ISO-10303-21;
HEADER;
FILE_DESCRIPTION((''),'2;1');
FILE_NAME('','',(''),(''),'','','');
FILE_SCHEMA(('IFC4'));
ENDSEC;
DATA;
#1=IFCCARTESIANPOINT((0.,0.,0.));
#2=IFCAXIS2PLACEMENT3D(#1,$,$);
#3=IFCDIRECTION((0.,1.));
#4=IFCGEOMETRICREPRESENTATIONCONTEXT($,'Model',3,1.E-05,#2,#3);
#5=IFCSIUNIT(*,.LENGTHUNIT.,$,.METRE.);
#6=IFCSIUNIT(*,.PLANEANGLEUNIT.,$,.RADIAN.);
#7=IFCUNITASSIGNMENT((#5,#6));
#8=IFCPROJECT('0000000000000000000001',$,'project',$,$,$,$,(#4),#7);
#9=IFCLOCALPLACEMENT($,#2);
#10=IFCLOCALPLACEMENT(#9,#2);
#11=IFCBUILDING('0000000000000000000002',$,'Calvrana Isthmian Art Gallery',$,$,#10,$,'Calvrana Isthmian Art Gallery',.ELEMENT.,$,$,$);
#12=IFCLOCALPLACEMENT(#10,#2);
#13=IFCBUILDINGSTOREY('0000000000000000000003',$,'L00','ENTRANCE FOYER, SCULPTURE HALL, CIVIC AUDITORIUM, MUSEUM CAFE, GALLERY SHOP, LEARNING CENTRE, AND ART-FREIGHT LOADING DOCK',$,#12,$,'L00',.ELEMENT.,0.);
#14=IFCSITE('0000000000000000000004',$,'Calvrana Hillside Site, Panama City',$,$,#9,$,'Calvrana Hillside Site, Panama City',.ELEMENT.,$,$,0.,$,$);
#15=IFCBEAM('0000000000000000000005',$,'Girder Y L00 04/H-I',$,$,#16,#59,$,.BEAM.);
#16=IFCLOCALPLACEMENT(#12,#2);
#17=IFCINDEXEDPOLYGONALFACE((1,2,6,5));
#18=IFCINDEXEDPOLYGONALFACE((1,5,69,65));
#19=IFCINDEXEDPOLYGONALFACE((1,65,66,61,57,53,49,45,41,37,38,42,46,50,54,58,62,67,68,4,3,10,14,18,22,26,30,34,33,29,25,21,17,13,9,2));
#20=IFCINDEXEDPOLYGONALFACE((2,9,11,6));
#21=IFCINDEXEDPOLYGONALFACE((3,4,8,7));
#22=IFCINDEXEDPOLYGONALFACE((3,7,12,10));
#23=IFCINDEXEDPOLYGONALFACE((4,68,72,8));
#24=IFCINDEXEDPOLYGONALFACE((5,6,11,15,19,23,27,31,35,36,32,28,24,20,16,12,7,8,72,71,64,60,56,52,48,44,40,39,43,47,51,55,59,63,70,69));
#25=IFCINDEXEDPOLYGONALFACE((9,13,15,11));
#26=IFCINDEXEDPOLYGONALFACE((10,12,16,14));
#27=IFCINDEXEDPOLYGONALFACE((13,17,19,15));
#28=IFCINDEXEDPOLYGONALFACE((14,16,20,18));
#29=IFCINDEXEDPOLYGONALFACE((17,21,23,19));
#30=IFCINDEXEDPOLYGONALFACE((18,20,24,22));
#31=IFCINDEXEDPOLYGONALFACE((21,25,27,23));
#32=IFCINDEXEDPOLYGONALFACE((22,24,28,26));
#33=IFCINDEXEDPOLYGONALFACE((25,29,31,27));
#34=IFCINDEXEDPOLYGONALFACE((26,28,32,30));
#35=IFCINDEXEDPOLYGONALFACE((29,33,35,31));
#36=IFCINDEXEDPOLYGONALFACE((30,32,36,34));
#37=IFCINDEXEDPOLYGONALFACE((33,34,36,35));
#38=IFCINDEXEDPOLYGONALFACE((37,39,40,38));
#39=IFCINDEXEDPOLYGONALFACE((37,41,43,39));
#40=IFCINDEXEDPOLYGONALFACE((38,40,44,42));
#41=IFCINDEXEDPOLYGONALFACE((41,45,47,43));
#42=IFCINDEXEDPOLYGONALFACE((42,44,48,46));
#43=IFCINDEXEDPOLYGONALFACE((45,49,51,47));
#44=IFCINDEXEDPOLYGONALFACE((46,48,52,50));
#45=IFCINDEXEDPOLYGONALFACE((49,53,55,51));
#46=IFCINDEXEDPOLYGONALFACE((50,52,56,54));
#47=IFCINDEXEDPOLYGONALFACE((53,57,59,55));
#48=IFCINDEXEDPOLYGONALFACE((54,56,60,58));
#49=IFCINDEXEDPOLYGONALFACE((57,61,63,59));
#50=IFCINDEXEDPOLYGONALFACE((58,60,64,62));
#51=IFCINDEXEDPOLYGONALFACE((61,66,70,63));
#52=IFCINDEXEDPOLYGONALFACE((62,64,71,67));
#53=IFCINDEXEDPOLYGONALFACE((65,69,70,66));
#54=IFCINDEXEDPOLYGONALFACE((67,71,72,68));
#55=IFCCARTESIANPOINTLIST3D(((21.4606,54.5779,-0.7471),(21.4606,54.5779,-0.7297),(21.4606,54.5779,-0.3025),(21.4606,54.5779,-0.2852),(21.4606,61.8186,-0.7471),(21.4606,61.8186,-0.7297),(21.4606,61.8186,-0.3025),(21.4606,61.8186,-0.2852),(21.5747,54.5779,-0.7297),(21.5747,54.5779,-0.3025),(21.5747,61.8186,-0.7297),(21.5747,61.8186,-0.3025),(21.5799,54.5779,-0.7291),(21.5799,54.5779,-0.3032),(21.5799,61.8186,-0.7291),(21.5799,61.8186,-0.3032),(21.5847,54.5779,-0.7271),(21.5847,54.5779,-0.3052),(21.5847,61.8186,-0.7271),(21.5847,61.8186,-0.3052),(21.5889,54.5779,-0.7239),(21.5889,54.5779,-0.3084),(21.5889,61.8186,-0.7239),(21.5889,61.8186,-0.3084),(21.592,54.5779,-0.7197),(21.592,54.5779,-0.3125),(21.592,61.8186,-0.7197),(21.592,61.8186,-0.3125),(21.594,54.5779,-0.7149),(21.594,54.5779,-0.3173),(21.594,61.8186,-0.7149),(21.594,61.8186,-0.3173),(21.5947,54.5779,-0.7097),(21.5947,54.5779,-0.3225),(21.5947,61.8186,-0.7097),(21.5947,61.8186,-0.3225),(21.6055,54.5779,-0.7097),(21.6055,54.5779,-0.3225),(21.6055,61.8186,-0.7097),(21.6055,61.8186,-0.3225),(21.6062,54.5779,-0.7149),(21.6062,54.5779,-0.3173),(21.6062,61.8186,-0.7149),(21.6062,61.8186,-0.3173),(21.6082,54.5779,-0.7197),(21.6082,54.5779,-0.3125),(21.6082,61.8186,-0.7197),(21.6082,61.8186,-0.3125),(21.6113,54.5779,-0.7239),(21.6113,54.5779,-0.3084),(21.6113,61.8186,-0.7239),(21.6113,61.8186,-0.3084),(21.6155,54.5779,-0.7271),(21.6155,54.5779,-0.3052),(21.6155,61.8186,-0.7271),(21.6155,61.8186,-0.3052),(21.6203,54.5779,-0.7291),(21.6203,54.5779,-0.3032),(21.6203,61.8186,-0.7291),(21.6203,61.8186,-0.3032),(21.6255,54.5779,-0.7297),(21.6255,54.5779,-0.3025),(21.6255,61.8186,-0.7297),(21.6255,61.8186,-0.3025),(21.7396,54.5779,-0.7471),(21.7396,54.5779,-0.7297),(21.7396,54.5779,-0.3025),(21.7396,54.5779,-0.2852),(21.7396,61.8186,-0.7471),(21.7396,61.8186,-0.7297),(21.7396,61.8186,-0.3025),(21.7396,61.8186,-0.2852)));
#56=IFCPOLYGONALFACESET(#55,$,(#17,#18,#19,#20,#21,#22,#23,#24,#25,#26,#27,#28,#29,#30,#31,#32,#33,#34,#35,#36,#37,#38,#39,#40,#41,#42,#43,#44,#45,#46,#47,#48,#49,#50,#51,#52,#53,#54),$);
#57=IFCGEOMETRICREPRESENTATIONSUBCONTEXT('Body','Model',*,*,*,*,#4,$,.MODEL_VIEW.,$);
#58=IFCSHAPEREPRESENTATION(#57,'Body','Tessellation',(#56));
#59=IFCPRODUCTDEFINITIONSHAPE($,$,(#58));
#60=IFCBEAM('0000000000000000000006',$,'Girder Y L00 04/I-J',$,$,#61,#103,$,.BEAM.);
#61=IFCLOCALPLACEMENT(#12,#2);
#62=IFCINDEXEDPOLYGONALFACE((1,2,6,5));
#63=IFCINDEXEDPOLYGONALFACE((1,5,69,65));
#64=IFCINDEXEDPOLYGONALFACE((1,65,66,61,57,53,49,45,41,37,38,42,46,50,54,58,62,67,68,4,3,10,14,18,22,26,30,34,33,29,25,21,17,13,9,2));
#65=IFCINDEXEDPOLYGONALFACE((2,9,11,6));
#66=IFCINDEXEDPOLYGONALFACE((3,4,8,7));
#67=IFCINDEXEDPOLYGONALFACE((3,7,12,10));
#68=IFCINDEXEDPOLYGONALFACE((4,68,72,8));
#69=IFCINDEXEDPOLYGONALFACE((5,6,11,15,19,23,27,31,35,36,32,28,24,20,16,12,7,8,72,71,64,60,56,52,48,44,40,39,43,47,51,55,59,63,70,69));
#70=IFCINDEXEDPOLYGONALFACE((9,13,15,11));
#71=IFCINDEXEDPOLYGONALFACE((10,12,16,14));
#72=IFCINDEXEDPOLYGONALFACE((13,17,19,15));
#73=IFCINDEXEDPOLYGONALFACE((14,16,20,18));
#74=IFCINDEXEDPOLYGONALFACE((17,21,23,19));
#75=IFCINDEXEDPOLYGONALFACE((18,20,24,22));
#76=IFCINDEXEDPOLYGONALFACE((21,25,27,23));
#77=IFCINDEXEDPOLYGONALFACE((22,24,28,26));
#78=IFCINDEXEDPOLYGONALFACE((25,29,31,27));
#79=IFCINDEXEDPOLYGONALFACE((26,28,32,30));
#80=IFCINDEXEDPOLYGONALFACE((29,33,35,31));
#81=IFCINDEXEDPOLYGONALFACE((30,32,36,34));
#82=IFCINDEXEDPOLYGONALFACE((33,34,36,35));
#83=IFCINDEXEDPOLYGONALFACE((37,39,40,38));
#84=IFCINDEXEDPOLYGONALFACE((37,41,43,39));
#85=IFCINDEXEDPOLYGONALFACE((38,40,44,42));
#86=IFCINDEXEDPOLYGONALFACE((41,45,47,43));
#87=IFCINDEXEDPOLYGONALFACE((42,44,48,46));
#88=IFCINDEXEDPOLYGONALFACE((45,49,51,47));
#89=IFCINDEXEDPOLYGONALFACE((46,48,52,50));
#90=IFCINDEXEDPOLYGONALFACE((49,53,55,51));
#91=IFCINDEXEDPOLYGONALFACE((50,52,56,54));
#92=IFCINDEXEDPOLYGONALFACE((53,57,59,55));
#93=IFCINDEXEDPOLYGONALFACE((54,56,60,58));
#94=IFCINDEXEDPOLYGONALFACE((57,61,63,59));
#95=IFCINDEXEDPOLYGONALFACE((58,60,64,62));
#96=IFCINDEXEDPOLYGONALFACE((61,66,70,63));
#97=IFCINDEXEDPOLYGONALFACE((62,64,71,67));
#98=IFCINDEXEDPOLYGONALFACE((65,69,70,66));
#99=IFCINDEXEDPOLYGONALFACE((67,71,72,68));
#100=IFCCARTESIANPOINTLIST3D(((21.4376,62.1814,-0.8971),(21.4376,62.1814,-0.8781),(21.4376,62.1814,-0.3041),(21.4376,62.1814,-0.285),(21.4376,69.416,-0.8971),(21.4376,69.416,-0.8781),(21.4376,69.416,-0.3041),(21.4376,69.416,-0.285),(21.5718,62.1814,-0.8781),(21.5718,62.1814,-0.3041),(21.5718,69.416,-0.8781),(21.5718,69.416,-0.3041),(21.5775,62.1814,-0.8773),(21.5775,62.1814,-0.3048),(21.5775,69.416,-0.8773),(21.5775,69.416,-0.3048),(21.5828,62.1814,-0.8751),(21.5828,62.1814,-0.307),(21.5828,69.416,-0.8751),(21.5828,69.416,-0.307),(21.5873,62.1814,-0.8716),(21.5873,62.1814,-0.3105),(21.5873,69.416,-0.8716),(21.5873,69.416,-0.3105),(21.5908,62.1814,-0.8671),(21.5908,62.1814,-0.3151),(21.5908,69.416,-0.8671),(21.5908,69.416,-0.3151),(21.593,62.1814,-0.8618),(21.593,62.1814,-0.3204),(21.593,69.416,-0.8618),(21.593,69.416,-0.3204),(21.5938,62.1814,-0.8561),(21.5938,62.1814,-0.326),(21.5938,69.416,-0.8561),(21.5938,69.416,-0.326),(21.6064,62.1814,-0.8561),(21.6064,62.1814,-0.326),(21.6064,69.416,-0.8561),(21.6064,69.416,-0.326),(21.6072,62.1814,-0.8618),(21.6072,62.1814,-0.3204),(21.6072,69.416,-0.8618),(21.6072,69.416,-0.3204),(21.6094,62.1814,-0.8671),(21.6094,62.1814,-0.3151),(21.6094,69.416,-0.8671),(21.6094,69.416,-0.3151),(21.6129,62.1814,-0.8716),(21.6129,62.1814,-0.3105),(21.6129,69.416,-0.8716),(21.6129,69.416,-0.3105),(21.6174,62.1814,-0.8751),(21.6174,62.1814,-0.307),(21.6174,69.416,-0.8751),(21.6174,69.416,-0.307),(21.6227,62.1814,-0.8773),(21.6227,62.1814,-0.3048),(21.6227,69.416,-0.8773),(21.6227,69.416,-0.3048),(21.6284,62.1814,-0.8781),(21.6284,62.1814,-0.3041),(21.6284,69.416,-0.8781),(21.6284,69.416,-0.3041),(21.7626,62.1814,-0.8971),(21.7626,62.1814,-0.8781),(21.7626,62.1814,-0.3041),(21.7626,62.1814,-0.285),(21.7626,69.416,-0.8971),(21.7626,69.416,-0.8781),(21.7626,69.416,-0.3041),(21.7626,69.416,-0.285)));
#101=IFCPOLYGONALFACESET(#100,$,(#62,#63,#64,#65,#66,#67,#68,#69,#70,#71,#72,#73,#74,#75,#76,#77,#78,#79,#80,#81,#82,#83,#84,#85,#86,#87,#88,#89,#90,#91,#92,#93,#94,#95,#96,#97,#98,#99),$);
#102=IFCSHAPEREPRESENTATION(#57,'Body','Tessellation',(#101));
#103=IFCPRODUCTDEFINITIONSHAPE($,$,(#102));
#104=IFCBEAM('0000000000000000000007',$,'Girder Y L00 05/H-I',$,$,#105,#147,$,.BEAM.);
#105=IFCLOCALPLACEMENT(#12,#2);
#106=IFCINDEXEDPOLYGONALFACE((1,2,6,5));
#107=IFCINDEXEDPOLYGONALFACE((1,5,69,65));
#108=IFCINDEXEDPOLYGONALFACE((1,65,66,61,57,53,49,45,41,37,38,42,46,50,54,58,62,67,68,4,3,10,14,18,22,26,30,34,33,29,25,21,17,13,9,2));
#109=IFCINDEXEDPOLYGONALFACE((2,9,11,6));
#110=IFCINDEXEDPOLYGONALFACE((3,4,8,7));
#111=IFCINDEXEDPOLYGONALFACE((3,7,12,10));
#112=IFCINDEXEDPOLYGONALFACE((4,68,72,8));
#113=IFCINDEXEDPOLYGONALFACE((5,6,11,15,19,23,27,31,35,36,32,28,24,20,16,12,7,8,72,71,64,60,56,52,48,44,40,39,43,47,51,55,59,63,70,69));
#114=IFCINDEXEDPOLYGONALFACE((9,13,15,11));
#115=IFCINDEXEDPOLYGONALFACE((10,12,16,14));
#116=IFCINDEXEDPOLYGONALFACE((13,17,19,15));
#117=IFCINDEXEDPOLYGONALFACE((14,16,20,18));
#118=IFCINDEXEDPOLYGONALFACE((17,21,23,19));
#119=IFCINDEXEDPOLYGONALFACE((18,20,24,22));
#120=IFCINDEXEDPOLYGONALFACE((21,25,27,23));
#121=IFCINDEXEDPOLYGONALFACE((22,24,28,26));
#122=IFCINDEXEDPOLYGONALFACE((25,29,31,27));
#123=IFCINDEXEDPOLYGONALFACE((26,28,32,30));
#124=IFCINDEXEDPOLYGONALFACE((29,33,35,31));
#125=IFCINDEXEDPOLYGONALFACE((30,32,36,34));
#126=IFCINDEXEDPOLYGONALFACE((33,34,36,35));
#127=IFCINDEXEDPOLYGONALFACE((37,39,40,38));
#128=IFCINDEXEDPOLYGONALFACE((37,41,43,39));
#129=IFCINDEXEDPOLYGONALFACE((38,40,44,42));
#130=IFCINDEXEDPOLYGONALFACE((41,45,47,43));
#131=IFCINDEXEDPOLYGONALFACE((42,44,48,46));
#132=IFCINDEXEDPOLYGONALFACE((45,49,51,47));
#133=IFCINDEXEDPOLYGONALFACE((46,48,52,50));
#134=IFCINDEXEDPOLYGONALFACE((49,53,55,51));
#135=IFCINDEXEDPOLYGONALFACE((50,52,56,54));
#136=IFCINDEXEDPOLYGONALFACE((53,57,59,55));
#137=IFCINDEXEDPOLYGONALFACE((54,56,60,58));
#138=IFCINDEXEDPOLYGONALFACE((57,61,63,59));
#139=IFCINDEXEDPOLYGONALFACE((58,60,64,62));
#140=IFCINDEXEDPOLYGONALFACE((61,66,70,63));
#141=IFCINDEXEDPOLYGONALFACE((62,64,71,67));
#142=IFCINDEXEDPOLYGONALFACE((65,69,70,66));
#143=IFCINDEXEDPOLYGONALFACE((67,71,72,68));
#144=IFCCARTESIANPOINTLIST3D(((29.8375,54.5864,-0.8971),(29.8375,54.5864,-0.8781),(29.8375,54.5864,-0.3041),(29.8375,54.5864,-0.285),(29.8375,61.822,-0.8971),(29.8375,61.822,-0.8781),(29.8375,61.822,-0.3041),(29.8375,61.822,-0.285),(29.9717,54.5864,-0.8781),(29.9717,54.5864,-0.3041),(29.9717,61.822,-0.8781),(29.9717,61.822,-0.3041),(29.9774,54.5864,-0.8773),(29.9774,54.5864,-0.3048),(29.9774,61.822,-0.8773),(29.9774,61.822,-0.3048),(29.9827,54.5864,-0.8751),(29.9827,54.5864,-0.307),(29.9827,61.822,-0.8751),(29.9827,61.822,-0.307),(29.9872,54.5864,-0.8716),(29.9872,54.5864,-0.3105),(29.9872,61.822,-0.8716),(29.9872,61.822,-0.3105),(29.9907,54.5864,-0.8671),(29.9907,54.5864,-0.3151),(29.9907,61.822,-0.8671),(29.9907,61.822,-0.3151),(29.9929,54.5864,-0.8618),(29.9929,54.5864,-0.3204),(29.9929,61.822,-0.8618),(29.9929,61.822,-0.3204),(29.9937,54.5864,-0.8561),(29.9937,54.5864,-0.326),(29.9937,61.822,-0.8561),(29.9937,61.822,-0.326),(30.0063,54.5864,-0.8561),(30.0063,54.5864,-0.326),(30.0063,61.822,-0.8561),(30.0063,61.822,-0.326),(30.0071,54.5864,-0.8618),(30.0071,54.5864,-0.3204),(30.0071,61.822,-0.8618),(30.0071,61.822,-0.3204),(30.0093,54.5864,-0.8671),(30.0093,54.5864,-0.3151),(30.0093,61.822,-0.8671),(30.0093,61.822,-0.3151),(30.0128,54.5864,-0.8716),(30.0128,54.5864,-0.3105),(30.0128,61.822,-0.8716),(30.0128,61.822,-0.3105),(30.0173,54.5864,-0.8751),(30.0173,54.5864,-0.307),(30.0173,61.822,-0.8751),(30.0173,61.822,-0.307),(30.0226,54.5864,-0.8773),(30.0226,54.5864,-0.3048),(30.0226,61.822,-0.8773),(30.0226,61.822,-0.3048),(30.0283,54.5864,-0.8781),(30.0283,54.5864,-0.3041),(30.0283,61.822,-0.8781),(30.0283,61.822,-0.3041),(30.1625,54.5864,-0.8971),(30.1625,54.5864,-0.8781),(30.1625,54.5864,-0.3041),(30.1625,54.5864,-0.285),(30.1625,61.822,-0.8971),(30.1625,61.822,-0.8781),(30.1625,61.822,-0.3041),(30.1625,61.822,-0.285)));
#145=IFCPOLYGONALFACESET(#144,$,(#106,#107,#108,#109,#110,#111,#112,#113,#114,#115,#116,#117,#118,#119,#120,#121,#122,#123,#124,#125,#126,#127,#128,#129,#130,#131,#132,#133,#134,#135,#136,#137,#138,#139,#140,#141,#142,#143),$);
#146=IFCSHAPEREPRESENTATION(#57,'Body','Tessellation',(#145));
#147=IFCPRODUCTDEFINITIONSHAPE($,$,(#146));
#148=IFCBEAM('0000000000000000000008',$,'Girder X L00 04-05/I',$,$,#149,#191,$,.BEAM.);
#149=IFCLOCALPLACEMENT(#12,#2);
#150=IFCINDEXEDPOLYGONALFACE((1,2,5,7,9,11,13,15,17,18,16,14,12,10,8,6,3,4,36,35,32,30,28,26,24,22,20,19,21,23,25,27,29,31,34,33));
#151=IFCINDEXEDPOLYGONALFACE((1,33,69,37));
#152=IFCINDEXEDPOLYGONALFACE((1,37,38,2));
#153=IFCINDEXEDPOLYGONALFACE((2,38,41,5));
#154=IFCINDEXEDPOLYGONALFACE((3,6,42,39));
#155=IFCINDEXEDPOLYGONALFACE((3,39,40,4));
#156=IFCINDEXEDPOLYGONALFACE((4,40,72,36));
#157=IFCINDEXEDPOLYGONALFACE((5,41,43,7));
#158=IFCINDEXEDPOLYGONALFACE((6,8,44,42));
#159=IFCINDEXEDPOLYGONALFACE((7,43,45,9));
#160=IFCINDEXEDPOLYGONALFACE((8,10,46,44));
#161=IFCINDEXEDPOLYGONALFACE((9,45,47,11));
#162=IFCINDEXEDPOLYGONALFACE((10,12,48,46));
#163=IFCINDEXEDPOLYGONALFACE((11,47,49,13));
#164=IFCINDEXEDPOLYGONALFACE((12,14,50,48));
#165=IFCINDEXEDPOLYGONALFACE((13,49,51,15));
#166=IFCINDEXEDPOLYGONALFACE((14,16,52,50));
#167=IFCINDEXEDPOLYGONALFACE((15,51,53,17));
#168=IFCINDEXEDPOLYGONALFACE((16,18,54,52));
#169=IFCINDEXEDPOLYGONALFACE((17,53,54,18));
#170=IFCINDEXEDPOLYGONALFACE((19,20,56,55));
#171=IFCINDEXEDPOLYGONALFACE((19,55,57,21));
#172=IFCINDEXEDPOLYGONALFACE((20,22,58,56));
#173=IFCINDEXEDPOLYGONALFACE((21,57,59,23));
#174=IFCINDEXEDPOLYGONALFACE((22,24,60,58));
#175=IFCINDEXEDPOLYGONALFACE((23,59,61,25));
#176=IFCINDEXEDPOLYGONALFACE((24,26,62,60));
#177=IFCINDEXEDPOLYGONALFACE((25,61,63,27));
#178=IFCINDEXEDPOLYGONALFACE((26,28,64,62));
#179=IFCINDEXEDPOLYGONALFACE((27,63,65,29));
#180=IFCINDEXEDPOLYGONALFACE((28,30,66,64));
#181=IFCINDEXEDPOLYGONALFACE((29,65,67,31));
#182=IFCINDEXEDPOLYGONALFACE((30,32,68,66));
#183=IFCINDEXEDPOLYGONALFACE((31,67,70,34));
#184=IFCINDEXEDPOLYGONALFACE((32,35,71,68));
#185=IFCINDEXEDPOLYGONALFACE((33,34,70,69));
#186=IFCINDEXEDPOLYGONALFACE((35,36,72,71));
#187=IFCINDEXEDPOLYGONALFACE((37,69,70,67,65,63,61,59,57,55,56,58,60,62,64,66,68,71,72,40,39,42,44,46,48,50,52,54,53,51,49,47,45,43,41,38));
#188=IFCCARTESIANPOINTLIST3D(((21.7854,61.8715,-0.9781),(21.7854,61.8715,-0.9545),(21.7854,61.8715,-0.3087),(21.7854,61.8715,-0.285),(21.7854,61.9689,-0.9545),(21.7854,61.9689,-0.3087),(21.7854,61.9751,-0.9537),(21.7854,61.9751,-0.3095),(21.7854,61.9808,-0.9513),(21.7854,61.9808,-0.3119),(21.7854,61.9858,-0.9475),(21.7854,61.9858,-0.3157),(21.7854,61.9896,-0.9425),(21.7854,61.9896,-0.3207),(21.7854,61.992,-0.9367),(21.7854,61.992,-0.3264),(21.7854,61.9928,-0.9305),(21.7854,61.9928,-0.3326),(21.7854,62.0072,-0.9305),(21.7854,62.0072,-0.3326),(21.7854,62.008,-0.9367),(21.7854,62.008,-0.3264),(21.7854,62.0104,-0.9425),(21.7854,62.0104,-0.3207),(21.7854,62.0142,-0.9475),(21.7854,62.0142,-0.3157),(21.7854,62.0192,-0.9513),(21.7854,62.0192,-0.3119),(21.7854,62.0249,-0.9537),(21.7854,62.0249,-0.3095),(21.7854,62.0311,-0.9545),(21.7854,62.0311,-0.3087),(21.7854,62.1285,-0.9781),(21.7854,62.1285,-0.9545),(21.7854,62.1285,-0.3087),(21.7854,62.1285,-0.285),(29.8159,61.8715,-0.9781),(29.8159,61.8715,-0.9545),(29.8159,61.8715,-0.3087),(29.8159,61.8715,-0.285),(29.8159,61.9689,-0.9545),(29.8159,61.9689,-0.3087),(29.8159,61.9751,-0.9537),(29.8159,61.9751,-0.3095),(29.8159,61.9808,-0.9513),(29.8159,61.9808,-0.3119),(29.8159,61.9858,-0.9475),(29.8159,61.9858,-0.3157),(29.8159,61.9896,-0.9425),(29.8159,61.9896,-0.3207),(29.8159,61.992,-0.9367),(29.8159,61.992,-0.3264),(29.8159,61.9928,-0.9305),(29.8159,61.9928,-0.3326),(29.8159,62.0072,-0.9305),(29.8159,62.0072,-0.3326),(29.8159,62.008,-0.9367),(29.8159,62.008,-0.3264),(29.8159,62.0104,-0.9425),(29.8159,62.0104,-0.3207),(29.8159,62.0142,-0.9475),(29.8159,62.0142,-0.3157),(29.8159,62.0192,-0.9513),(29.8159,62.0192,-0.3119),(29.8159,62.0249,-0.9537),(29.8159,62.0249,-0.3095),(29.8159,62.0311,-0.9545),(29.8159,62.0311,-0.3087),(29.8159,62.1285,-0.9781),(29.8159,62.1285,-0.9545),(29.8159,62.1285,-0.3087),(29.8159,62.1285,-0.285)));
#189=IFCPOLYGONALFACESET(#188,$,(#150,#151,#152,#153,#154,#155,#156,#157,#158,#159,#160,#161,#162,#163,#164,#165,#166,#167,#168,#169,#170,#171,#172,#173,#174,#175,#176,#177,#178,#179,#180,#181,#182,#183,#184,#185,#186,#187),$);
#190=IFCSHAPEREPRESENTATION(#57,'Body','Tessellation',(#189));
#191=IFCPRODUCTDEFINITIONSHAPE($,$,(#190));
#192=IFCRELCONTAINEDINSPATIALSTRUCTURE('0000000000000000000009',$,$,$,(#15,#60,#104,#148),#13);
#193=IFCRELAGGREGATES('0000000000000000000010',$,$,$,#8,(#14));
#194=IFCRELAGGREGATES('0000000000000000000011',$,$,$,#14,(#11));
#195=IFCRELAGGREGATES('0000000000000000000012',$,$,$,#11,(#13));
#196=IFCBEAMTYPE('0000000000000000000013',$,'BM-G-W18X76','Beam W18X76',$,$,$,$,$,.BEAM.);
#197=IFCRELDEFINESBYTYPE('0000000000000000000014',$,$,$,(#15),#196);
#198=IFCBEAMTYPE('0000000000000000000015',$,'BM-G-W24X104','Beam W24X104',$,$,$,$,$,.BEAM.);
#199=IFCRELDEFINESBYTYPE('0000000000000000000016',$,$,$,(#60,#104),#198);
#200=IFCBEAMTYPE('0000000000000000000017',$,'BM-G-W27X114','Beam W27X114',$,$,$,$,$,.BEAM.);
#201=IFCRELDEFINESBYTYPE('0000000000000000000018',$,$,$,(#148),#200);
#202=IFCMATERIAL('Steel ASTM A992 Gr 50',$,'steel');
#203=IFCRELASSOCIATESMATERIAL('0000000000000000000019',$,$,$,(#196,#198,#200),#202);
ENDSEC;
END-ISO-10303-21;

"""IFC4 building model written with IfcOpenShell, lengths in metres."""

from ifc_helpers import new_model, si_unit, direction, frame, origin, origin_2d, place, context, subcontext, project, spatial, i_section, extrude, material, material_profile, profile_set, type_object, element, save


model = new_model("IFC4")

# Units and contexts
model_context = context("Model", 3, precision=1e-05, world=origin(), true_north=direction((0.0, 1.0)))
body_context = subcontext(model_context, "Body", "Model", "MODEL_VIEW")
ifc_project = project(units=[si_unit("LENGTHUNIT", "METRE"), si_unit("PLANEANGLEUNIT", "RADIAN")], contexts=[model_context])

# Site, building, storey
site_placement = place(None, origin())
site = spatial("IfcSite", under=ifc_project, at=site_placement, Name="Calvrana Hillside Site, Panama City", LongName="Calvrana Hillside Site, Panama City", CompositionType="ELEMENT", RefElevation=0.0)
building_placement = place(site_placement, origin())
building = spatial("IfcBuilding", under=site, at=building_placement, Name="Calvrana Isthmian Art Gallery", LongName="Calvrana Isthmian Art Gallery", CompositionType="ELEMENT")
storey_placement = place(building_placement, origin())
storey = spatial("IfcBuildingStorey", under=building, at=storey_placement, Name="L00", Description="ENTRANCE FOYER, SCULPTURE HALL, CIVIC AUDITORIUM, MUSEUM CAFE, GALLERY SHOP, LEARNING CENTRE, AND ART-FREIGHT LOADING DOCK", LongName="L00", CompositionType="ELEMENT", Elevation=0.0)

# Shared definitions
ifc_material_1 = material(Name="Steel ASTM A992 Gr 50", Category="steel")

# Beams
ifc_material_profile_1 = material_profile(ifc_material_1, i_section(OverallWidth=0.2791, OverallDepth=0.4619, WebThickness=0.0107, FlangeThickness=0.0173, FilletRadius=0.02, at=origin_2d()), Name="W18X76")
ifc_profile_set_1 = profile_set([ifc_material_profile_1], Name="Steel ASTM A992 Gr 50")
beam_type_1 = type_object("IfcBeamType", Name="BM-G-W18X76", Description="Beam W18X76", PredefinedType="BEAM", material=ifc_profile_set_1)
beam_1_placement = place(storey_placement, frame((21.6001, 54.5779, -0.5161), z_axis=(0.0, 1.0, 0.0), x_axis=(-1.0, 0.0, 0.0)))
element("IfcBeam", 1, at=beam_1_placement, inside=storey, type_object=beam_type_1, Name="Girder Y L00 04/H-I", PredefinedType="BEAM", context=body_context, shape_type="SweptSolid", body=[
    extrude(i_section(OverallWidth=0.2791, OverallDepth=0.4619, WebThickness=0.0107, FlangeThickness=0.0173, FilletRadius=0.02, at=origin_2d()), origin(), (0.0, 0.0, 1.0), 7.2407),
])
ifc_material_profile_2 = material_profile(ifc_material_1, i_section(OverallWidth=0.325, OverallDepth=0.6121, WebThickness=0.0127, FlangeThickness=0.019, FilletRadius=0.022, at=origin_2d()), Name="W24X104")
ifc_profile_set_2 = profile_set([ifc_material_profile_2], Name="Steel ASTM A992 Gr 50")
beam_type_2 = type_object("IfcBeamType", Name="BM-G-W24X104", Description="Beam W24X104", PredefinedType="BEAM", material=ifc_profile_set_2)
beam_2_placement = place(storey_placement, frame((21.6001, 62.1814, -0.5911), z_axis=(0.0, 1.0, 0.0), x_axis=(-1.0, 0.0, 0.0)))
element("IfcBeam", 2, at=beam_2_placement, inside=storey, type_object=beam_type_2, Name="Girder Y L00 04/I-J", PredefinedType="BEAM", context=body_context, shape_type="SweptSolid", body=[
    extrude(i_section(OverallWidth=0.325, OverallDepth=0.6121, WebThickness=0.0127, FlangeThickness=0.019, FilletRadius=0.022, at=origin_2d()), origin(), (0.0, 0.0, 1.0), 7.2346),
])
beam_3_placement = place(storey_placement, frame((30.0, 54.5864, -0.5911), z_axis=(0.0, 1.0, 0.0), x_axis=(-1.0, 0.0, 0.0)))
element("IfcBeam", 3, at=beam_3_placement, inside=storey, type_object=beam_type_2, Name="Girder Y L00 05/H-I", PredefinedType="BEAM", context=body_context, shape_type="SweptSolid", body=[
    extrude(i_section(OverallWidth=0.325, OverallDepth=0.6121, WebThickness=0.0127, FlangeThickness=0.019, FilletRadius=0.022, at=origin_2d()), origin(), (0.0, 0.0, 1.0), 7.2356),
])
ifc_material_profile_3 = material_profile(ifc_material_1, i_section(OverallWidth=0.2571, OverallDepth=0.6931, WebThickness=0.0144, FlangeThickness=0.0237, FilletRadius=0.0239, at=origin_2d()), Name="W27X114")
ifc_profile_set_3 = profile_set([ifc_material_profile_3], Name="Steel ASTM A992 Gr 50")
beam_type_3 = type_object("IfcBeamType", Name="BM-G-W27X114", Description="Beam W27X114", PredefinedType="BEAM", material=ifc_profile_set_3)
beam_4_placement = place(storey_placement, frame((21.7854, 62.0, -0.6316), z_axis=(1.0, 0.0, 0.0), x_axis=(0.0, 1.0, 0.0)))
element("IfcBeam", 4, at=beam_4_placement, inside=storey, type_object=beam_type_3, Name="Girder X L00 04-05/I", PredefinedType="BEAM", context=body_context, shape_type="SweptSolid", body=[
    extrude(i_section(OverallWidth=0.2571, OverallDepth=0.6931, WebThickness=0.0144, FlangeThickness=0.0237, FilletRadius=0.0239, at=origin_2d()), origin(), (0.0, 0.0, 1.0), 8.0305),
])

save(model, "model.ifc")
